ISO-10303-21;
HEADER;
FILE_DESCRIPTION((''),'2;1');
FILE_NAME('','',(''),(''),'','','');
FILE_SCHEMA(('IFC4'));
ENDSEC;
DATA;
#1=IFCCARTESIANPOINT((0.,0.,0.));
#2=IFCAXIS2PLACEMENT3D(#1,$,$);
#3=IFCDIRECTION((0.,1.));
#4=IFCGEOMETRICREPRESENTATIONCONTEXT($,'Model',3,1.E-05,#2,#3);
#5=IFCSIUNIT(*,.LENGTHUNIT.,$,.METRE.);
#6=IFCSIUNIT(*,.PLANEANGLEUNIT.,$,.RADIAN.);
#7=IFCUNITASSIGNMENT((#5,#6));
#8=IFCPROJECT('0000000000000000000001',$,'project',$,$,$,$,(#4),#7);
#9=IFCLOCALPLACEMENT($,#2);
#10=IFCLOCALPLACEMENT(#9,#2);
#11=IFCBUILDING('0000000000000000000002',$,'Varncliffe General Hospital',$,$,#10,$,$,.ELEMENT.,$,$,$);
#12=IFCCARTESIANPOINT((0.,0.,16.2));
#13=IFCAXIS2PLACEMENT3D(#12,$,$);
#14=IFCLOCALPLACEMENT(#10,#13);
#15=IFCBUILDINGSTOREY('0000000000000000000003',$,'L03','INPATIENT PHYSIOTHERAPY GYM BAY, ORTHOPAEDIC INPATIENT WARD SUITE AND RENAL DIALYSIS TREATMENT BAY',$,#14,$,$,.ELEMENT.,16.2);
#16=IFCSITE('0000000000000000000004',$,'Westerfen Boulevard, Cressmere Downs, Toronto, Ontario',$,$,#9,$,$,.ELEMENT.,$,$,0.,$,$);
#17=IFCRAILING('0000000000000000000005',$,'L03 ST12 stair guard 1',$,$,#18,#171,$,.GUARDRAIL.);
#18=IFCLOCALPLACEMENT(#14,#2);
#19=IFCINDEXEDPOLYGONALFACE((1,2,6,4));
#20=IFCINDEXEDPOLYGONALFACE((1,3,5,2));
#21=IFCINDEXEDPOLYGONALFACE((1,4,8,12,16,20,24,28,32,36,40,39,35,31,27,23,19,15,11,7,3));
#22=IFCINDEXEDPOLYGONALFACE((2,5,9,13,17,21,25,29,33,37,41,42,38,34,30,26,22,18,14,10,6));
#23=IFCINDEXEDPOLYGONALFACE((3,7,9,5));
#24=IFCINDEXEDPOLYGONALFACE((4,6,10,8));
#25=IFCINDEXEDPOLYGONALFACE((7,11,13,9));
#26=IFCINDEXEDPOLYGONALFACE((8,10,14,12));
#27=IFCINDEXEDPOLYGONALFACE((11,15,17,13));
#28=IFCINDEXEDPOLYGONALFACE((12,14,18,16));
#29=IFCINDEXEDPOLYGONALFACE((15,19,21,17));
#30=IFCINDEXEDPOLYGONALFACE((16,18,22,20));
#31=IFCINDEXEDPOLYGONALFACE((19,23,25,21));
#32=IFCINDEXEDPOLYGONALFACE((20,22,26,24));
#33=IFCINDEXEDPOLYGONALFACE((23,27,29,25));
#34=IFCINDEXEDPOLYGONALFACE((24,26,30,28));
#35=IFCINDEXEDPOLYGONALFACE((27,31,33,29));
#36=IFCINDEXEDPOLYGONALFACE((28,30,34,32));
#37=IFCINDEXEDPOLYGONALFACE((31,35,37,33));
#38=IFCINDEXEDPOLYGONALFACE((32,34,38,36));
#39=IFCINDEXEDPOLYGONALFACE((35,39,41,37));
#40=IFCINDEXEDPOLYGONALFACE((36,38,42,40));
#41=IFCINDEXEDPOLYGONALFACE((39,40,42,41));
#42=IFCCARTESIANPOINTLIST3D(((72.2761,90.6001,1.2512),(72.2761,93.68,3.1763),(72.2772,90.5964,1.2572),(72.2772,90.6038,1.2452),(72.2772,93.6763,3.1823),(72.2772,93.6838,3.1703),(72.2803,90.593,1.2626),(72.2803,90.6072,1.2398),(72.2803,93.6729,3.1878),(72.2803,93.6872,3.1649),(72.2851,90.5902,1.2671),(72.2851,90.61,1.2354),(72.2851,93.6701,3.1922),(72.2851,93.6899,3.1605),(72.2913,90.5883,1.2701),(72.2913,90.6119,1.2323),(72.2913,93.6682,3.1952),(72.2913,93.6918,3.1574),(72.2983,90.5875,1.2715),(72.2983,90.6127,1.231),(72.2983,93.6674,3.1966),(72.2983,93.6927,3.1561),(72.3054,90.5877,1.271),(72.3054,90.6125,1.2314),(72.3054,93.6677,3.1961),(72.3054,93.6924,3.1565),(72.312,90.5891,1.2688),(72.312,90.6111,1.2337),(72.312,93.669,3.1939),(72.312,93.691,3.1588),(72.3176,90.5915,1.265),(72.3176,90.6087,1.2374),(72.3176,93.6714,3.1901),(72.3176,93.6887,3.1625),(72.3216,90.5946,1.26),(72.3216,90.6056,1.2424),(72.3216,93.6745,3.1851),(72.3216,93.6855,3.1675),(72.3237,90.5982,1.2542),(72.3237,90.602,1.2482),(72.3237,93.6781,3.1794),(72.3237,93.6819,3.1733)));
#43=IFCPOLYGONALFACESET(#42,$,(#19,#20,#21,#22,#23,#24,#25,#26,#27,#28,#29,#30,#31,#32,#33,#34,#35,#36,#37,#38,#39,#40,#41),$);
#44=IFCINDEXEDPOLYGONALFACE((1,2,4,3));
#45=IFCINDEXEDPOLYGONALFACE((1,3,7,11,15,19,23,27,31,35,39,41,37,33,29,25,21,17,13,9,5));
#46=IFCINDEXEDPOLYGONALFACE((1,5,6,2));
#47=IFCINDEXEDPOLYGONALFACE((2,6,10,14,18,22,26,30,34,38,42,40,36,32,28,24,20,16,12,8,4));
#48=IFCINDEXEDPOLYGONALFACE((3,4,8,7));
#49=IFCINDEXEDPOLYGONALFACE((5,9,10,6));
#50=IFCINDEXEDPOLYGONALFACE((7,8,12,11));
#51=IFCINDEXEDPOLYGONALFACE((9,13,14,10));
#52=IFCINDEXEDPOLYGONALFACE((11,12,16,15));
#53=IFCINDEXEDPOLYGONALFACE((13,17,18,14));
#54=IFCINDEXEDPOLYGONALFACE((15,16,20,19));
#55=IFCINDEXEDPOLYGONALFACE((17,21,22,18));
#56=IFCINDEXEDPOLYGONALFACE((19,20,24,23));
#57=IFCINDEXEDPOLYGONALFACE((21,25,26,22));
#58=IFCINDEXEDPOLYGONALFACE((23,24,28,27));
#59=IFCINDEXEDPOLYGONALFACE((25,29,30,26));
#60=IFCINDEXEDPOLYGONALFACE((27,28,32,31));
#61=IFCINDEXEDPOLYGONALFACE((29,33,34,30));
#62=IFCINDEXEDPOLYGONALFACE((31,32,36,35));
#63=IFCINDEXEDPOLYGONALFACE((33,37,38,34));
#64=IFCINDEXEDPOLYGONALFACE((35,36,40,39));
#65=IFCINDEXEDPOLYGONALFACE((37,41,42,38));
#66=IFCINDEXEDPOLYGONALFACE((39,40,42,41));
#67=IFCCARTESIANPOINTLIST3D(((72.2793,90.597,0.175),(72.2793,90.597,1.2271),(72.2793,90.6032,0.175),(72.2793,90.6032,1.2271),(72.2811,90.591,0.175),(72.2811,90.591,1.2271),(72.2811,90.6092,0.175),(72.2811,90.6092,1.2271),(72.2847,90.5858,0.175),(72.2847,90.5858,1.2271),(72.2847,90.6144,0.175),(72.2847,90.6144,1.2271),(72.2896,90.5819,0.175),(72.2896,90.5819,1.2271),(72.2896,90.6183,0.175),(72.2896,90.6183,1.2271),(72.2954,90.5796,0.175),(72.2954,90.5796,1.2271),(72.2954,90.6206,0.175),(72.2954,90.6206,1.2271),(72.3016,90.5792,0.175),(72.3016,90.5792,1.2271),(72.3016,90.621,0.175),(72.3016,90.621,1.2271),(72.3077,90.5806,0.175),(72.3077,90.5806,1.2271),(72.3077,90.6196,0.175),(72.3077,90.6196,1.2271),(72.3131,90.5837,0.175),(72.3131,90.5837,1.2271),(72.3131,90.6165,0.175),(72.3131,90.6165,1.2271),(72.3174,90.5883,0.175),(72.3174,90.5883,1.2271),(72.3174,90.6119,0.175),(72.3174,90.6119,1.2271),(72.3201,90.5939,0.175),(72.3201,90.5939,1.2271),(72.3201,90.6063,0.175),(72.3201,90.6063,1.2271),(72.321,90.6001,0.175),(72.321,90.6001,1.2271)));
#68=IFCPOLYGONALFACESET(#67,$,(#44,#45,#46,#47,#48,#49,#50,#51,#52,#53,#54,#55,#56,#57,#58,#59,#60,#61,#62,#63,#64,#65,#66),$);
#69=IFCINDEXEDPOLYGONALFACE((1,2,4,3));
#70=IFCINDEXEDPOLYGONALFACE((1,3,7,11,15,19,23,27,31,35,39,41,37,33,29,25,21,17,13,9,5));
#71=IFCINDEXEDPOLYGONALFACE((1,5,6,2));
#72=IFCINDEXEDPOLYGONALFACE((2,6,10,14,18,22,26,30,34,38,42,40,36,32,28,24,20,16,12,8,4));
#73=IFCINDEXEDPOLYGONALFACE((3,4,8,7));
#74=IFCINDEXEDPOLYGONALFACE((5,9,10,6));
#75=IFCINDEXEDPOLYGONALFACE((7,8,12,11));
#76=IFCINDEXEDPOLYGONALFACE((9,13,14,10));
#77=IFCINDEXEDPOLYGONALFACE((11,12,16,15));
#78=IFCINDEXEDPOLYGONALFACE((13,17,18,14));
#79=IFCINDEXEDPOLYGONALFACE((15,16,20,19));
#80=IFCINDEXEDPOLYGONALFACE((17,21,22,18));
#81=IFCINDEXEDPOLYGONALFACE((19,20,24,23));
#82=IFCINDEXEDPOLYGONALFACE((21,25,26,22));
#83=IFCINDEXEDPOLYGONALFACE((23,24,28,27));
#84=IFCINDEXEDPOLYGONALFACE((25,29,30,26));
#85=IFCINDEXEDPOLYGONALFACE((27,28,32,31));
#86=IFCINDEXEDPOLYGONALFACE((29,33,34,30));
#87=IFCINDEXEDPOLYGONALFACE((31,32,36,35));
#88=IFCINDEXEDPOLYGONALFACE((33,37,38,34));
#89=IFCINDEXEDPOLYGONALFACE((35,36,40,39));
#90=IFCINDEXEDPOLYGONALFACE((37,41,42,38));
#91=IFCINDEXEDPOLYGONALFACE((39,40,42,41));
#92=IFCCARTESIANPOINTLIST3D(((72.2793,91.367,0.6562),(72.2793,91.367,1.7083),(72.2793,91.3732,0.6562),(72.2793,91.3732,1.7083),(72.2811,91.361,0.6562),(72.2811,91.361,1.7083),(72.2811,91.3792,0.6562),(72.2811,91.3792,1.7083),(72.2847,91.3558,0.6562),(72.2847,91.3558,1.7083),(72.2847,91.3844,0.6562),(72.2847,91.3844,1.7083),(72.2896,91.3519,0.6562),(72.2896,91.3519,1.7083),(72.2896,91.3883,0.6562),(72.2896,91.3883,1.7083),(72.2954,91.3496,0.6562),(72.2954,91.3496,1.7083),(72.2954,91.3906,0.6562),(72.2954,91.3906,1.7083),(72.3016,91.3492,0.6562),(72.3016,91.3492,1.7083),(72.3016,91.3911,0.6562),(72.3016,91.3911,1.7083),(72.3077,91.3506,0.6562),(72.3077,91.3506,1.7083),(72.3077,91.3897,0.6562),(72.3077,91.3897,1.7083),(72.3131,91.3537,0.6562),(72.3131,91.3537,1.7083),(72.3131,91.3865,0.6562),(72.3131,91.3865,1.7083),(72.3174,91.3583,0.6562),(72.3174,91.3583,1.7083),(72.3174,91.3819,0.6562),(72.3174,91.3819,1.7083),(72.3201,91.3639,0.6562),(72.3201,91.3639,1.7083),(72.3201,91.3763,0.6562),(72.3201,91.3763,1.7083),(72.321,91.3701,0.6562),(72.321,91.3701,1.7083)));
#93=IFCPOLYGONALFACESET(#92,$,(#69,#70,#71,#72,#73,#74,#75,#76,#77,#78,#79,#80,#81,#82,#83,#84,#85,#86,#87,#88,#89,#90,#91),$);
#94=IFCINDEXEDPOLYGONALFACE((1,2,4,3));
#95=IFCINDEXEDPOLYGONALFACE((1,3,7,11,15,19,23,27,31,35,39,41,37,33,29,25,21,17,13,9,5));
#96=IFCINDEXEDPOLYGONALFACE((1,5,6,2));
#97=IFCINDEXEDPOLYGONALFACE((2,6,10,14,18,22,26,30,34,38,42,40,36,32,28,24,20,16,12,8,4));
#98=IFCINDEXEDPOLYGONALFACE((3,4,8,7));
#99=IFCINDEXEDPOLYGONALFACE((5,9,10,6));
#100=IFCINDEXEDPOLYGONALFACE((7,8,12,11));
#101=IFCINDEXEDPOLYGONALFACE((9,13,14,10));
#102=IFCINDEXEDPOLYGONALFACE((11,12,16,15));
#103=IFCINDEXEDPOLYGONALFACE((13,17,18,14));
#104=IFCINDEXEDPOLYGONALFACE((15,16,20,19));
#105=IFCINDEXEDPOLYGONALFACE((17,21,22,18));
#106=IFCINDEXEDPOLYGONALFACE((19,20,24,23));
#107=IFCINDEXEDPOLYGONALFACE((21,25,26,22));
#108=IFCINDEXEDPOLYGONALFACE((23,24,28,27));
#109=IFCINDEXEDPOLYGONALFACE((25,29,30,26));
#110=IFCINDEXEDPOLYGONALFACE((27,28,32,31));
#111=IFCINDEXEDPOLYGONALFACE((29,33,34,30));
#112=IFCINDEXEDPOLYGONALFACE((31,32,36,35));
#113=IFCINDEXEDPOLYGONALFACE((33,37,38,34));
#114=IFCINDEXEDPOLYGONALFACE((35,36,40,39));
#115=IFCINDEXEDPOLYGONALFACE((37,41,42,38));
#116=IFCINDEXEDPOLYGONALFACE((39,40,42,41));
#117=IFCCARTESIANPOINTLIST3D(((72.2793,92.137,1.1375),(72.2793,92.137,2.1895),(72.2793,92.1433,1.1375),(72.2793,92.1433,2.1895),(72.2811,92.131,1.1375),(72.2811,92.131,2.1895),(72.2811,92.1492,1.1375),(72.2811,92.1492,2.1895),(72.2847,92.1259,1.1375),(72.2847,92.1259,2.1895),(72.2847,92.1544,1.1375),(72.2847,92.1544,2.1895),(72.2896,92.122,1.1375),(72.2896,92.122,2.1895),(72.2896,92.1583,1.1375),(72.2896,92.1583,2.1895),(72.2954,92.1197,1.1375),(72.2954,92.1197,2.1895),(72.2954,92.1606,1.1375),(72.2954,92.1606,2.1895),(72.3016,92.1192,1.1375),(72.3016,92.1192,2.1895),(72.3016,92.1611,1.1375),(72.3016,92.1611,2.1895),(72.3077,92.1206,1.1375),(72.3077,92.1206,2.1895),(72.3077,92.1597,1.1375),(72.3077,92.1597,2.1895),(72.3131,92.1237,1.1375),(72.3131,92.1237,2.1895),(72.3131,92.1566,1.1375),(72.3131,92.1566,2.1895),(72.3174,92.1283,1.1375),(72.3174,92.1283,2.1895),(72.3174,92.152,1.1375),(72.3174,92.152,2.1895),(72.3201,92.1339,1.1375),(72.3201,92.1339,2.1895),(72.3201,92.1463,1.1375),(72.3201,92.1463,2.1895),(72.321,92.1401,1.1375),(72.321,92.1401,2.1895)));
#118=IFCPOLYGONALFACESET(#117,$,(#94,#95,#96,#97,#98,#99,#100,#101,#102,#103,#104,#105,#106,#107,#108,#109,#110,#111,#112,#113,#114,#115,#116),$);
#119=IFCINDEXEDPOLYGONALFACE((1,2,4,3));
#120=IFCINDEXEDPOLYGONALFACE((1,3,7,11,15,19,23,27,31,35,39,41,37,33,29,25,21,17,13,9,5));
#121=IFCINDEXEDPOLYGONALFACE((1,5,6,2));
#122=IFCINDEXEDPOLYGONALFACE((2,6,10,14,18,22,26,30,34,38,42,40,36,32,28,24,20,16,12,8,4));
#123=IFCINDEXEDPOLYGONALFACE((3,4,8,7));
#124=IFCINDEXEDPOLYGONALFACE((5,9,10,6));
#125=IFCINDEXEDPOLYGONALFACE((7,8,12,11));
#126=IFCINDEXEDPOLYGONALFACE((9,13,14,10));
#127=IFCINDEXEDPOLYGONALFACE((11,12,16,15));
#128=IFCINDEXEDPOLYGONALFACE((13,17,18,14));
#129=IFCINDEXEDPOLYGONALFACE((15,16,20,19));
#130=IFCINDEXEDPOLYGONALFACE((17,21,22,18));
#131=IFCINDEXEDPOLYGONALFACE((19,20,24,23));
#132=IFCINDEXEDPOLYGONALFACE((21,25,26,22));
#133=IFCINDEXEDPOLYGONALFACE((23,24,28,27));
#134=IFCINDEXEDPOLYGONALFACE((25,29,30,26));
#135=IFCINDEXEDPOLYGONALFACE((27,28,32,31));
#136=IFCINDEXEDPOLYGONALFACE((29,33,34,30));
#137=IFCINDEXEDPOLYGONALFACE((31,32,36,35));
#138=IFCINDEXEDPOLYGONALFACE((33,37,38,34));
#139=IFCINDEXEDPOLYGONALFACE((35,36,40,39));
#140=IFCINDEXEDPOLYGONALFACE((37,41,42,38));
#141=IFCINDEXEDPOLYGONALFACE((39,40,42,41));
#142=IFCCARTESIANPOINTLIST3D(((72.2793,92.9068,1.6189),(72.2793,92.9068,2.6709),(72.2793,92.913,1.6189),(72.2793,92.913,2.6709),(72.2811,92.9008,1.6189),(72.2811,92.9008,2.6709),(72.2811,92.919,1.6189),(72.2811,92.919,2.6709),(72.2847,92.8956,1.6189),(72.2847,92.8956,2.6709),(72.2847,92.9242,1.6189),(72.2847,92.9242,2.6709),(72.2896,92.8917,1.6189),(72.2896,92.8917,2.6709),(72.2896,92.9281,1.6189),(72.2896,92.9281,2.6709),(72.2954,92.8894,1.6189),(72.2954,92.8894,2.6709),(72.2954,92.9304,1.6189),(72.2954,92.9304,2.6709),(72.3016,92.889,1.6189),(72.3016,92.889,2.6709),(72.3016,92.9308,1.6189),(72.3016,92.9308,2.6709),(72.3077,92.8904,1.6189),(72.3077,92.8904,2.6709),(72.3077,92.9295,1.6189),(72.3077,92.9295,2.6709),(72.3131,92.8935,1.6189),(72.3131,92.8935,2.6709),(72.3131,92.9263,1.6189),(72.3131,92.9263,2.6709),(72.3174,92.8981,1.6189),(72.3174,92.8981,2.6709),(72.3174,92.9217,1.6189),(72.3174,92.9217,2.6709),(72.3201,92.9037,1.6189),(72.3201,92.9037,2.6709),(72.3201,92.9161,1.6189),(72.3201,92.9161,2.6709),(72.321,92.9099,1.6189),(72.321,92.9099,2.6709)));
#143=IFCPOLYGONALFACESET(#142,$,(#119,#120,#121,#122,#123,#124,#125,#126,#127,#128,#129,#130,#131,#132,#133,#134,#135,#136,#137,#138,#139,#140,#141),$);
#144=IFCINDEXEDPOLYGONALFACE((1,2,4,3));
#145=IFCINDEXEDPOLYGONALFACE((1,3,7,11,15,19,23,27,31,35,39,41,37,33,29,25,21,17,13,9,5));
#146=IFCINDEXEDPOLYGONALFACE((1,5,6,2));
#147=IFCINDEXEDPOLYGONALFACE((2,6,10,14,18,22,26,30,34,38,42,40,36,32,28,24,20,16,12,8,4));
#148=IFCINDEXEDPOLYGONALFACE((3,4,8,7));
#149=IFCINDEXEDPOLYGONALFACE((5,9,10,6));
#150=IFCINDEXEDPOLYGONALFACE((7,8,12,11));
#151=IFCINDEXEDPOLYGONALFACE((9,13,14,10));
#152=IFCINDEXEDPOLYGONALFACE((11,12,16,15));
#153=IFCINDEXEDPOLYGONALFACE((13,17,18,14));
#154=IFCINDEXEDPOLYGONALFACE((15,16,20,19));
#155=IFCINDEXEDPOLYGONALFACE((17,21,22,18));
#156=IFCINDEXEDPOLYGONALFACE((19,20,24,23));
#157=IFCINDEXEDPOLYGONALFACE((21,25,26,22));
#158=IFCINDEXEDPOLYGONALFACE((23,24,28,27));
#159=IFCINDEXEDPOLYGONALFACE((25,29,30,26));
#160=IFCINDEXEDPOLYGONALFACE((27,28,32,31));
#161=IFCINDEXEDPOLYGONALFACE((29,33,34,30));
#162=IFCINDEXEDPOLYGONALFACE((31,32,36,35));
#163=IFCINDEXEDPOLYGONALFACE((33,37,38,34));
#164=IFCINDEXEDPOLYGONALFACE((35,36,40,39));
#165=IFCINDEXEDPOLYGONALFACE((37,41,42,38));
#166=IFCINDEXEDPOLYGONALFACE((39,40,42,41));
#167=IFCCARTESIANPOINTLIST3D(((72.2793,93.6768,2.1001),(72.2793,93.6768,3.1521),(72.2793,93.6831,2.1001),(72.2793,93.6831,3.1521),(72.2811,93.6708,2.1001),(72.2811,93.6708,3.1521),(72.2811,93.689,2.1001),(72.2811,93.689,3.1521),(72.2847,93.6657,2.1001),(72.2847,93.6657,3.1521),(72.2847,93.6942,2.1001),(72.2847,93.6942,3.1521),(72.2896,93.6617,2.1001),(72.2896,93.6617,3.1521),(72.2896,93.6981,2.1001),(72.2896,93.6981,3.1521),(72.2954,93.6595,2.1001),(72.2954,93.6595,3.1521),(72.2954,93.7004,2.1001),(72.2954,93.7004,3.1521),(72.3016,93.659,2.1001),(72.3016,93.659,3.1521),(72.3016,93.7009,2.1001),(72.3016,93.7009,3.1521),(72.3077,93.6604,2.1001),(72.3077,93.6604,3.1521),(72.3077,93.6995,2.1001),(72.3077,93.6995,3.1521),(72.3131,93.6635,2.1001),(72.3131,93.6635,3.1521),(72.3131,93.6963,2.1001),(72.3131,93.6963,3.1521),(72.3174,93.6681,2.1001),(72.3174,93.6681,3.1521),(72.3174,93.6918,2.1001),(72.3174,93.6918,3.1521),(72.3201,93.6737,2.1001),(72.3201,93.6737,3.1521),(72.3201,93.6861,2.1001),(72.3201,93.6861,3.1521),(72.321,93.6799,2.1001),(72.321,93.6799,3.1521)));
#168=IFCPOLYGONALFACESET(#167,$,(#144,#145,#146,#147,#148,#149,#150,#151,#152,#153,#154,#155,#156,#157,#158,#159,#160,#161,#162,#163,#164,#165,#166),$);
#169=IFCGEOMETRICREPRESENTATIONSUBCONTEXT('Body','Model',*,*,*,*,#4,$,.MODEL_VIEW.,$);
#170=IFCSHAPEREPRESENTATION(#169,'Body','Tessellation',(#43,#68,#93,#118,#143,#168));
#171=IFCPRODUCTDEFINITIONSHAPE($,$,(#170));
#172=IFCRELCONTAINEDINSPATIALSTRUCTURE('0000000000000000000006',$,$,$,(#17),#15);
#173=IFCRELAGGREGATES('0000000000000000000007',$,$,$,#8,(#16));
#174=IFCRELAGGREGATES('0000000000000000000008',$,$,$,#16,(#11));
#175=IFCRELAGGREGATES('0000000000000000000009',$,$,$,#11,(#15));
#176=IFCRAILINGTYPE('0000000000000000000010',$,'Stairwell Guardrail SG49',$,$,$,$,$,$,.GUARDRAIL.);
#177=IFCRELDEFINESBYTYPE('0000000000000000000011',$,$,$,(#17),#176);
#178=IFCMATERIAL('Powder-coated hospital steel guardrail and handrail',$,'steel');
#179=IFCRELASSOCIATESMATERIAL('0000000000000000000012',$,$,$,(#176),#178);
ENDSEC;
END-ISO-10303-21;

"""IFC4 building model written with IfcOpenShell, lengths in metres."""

from ifc_helpers import new_model, si_unit, direction, frame, origin, origin_2d, place, context, subcontext, project, spatial, circle, extrude, material, type_object, element, save


model = new_model("IFC4")

# Units and contexts
model_context = context("Model", 3, precision=1e-05, world=origin(), true_north=direction((0.0, 1.0)))
body_context = subcontext(model_context, "Body", "Model", "MODEL_VIEW")
ifc_project = project(units=[si_unit("LENGTHUNIT", "METRE"), si_unit("PLANEANGLEUNIT", "RADIAN")], contexts=[model_context])

# Site, building, storey
site_placement = place(None, origin())
site = spatial("IfcSite", under=ifc_project, at=site_placement, Name="Westerfen Boulevard, Cressmere Downs, Toronto, Ontario", CompositionType="ELEMENT", RefElevation=0.0)
building_placement = place(site_placement, origin())
building = spatial("IfcBuilding", under=site, at=building_placement, Name="Varncliffe General Hospital", CompositionType="ELEMENT")
storey_placement = place(building_placement, frame((0.0, 0.0, 16.2)))
storey = spatial("IfcBuildingStorey", under=building, at=storey_placement, Name="L03", Description="INPATIENT PHYSIOTHERAPY GYM BAY, ORTHOPAEDIC INPATIENT WARD SUITE AND RENAL DIALYSIS TREATMENT BAY", CompositionType="ELEMENT", Elevation=16.2)

# Railing
ifc_material_1 = material(Name="Powder-coated hospital steel guardrail and handrail", Category="steel")
railing_type = type_object("IfcRailingType", Name="Stairwell Guardrail SG49", PredefinedType="GUARDRAIL", material=ifc_material_1)
railing_1_placement = place(storey_placement, frame((72.3, 90.6001, 0.175)))
element("IfcRailing", 1, at=railing_1_placement, inside=storey, type_object=railing_type, Name="L03 ST12 stair guard 1", PredefinedType="GUARDRAIL", context=body_context, shape_type="SweptSolid", body=[
    extrude(circle(Radius=0.0239, at=origin_2d()), frame((0.0, 0.0, 1.0762), z_axis=(0.0, 0.847979, 0.530029), x_axis=(-1.0, 0.0, 0.0)), (0.0, 0.0, 1.0), 3.6321),
    extrude(circle(Radius=0.021, at=origin_2d()), origin(), (0.0, 0.0, 1.0), 1.052),
    extrude(circle(Radius=0.021, at=origin_2d()), frame((0.0, 0.77, 0.4812)), (0.0, 0.0, 1.0), 1.052),
    extrude(circle(Radius=0.021, at=origin_2d()), frame((0.0, 1.54, 0.9624)), (0.0, 0.0, 1.0), 1.052),
    extrude(circle(Radius=0.021, at=origin_2d()), frame((0.0, 2.3098, 1.4438)), (0.0, 0.0, 1.0), 1.052),
    extrude(circle(Radius=0.021, at=origin_2d()), frame((0.0, 3.0798, 1.925)), (0.0, 0.0, 1.0), 1.052),
])

save(model, "model.ifc")
